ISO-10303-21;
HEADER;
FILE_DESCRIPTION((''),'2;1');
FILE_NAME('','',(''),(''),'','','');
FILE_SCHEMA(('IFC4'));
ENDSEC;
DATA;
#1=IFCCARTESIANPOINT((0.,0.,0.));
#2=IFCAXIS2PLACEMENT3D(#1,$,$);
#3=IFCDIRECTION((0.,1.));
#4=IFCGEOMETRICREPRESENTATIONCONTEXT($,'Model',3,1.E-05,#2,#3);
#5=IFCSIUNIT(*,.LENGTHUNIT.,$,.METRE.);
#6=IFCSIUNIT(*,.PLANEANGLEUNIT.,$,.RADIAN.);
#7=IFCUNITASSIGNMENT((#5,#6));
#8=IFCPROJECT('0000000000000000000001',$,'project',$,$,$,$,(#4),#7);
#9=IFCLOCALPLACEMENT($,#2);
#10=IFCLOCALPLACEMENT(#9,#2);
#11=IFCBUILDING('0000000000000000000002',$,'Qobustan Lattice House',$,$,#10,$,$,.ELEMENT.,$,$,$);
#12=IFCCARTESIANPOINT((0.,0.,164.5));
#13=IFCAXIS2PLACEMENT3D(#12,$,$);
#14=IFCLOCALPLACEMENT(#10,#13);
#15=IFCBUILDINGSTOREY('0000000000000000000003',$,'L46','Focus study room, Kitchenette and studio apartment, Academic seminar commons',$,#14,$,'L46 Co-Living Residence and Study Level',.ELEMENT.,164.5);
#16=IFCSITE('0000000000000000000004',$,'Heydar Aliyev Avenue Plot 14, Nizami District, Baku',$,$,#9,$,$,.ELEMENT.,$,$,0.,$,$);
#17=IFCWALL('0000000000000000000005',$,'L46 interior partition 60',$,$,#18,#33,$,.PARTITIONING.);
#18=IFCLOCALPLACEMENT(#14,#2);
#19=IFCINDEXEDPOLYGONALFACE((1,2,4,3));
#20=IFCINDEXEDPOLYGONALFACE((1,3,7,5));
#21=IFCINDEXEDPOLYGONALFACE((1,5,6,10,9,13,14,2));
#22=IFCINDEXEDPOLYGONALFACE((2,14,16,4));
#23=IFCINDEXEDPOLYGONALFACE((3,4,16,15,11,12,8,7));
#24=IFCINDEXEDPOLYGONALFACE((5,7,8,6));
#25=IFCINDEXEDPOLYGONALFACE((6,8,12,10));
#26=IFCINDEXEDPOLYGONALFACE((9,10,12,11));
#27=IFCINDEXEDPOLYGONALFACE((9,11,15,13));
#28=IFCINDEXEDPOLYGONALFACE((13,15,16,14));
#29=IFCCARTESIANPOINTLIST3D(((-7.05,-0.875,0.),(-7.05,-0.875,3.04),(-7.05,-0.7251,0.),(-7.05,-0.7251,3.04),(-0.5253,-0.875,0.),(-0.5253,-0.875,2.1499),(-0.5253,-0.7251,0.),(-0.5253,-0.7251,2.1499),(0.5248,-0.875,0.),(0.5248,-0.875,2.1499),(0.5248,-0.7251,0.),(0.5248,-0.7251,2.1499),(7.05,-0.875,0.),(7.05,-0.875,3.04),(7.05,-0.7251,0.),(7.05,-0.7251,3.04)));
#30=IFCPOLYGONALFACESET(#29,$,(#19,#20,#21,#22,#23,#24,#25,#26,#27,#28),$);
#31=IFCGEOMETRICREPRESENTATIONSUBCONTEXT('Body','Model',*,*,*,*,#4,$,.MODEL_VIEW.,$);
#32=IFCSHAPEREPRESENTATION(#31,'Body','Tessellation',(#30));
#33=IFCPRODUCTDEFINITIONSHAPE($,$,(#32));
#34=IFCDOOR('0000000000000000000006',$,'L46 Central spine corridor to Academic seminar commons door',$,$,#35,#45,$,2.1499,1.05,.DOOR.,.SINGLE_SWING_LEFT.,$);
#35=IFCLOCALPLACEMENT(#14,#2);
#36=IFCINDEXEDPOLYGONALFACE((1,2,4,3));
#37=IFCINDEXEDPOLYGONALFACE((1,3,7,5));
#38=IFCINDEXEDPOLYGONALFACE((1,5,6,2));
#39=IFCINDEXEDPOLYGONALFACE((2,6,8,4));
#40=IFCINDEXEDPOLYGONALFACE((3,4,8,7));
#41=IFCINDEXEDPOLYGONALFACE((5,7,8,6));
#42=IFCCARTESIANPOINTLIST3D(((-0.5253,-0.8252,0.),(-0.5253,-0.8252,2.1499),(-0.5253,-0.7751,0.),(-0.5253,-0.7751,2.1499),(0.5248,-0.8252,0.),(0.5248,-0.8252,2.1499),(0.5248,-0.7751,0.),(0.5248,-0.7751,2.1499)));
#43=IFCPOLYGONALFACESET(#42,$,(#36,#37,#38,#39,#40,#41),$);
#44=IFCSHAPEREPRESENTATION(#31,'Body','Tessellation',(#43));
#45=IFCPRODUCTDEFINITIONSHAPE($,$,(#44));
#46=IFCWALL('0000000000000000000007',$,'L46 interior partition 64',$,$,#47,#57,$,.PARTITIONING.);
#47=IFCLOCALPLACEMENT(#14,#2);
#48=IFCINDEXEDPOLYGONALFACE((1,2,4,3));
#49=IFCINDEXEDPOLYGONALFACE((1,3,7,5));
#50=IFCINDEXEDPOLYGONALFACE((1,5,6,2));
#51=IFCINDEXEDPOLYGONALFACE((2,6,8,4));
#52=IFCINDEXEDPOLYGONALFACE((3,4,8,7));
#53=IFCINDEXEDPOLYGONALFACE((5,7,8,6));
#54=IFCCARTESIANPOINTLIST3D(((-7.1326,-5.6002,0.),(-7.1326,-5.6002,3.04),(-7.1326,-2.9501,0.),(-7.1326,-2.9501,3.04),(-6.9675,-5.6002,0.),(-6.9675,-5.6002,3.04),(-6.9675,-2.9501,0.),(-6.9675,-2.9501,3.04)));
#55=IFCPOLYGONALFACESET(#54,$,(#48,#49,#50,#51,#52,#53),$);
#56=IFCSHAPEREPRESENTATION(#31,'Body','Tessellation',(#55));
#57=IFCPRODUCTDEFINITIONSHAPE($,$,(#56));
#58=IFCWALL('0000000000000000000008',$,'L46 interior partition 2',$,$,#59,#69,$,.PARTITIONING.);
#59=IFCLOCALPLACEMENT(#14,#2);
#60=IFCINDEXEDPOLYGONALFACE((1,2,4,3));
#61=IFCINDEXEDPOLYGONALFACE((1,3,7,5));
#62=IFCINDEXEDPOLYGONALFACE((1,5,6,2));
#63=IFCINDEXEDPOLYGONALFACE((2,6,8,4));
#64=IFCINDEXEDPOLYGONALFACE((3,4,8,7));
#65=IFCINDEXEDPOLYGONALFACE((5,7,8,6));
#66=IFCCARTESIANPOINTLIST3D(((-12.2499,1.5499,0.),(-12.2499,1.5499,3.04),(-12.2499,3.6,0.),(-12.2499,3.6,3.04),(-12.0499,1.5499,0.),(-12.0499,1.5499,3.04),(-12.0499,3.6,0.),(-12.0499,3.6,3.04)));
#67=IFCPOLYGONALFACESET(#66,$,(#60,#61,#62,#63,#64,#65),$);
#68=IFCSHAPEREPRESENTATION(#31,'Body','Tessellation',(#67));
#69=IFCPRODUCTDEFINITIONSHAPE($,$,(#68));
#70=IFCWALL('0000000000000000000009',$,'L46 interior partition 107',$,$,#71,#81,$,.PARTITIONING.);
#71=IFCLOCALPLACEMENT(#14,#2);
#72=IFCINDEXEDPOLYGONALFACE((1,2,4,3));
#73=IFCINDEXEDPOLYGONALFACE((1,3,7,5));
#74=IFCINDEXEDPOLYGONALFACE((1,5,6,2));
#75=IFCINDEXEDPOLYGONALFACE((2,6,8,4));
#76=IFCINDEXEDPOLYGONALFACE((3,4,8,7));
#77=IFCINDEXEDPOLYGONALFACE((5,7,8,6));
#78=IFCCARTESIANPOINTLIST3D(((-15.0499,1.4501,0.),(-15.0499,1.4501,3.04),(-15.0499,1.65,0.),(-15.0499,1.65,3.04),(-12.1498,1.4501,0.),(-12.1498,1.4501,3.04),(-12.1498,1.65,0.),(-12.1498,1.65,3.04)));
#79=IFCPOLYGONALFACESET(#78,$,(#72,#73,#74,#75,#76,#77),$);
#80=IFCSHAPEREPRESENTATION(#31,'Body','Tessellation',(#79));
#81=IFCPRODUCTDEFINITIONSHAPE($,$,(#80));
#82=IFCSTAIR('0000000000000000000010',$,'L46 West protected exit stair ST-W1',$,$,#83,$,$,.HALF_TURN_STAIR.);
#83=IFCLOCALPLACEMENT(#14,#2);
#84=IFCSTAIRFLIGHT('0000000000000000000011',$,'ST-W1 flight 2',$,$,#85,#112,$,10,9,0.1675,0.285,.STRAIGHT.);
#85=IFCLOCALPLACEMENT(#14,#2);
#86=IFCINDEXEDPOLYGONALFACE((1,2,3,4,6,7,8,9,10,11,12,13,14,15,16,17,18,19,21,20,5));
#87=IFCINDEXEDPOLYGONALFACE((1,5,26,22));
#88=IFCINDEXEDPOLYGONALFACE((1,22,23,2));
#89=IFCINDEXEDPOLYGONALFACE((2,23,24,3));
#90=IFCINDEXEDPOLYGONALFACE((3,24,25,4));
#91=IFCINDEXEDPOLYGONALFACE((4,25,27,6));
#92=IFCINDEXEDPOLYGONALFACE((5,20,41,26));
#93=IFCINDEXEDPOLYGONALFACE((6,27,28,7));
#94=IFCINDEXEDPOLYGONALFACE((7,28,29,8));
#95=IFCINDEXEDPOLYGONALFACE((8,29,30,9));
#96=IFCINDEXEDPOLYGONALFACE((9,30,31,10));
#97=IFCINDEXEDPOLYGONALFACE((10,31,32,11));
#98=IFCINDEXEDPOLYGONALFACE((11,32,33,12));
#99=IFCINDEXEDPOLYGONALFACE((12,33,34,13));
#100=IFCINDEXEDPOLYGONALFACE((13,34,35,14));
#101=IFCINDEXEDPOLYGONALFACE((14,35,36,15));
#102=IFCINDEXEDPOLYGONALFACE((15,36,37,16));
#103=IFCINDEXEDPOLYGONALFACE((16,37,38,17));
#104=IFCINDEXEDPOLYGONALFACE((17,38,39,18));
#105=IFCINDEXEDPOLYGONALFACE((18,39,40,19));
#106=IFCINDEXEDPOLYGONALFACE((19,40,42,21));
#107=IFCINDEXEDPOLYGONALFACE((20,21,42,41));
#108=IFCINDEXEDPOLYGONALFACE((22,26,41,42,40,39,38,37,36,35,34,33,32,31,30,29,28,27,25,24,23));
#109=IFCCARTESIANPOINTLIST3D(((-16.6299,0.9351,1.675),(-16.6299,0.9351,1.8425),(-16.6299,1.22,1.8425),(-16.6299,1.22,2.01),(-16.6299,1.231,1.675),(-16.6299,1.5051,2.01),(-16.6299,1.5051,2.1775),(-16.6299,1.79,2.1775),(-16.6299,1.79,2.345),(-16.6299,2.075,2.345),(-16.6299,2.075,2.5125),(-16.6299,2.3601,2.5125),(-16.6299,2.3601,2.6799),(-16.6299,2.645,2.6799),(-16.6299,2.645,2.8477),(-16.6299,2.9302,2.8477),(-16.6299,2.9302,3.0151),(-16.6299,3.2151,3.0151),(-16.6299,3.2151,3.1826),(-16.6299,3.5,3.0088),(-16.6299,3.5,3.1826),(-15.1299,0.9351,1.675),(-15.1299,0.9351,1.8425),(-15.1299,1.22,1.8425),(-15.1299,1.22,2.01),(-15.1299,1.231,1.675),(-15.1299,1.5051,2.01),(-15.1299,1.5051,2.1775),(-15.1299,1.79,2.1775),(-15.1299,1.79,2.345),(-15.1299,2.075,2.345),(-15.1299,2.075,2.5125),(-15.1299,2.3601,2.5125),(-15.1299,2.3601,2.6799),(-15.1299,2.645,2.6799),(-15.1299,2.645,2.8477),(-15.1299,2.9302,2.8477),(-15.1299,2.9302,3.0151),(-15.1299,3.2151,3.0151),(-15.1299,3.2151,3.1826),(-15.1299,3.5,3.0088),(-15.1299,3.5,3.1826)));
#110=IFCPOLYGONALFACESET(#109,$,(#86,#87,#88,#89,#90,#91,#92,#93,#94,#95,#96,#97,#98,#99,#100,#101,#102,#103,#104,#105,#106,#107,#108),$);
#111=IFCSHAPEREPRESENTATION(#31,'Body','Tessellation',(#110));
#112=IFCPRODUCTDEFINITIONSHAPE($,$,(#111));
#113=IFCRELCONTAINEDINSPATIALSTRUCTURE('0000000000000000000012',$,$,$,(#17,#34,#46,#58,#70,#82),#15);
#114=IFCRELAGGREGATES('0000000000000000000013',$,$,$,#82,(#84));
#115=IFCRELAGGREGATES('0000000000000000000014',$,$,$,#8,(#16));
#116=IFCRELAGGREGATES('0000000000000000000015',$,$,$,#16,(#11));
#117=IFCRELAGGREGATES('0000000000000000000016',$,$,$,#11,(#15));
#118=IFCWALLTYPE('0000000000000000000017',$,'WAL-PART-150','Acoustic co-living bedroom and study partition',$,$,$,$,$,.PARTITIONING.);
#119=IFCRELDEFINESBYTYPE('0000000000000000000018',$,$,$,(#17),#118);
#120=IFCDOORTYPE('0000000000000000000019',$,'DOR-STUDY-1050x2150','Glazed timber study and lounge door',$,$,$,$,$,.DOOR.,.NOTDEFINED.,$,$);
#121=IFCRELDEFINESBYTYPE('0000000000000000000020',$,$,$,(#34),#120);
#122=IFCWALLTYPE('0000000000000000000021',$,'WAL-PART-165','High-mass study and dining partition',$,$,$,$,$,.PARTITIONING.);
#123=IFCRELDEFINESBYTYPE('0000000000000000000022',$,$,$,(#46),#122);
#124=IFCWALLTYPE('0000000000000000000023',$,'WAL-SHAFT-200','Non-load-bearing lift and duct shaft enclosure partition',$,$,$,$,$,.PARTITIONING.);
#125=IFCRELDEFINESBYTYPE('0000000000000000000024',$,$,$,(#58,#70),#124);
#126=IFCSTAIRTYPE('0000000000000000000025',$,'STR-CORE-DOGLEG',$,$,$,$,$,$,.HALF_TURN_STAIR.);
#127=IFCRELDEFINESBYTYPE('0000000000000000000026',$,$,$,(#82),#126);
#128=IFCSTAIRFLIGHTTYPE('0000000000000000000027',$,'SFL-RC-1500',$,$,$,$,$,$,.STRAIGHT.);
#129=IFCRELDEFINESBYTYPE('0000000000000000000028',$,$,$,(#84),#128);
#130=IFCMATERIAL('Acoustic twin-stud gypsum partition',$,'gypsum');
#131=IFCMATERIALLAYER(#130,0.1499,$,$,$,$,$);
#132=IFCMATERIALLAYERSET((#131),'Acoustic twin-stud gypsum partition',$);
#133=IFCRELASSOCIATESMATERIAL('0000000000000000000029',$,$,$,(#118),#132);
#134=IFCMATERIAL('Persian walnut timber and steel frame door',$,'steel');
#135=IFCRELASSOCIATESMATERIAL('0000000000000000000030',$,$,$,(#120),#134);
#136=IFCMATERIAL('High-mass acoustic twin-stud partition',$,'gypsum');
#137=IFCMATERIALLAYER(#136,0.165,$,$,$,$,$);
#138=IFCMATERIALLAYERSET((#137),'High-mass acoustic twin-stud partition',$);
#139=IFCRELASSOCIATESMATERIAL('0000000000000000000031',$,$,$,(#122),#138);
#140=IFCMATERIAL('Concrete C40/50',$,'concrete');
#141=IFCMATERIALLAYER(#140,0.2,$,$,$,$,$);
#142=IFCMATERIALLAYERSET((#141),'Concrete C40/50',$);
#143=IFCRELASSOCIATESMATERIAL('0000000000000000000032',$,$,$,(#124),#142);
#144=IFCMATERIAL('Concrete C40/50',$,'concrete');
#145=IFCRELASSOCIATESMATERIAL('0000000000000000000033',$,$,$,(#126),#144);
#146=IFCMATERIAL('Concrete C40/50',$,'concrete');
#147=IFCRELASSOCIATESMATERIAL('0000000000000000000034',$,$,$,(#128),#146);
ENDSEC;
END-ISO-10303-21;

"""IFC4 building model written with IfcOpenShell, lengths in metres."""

from ifc_helpers import new_model, si_unit, direction, frame, frame_2d, origin, place, context, subcontext, project, spatial, polyline, rectangle, outline, extrude, material, layer, layer_set, type_object, element, fill, aggregate, save


model = new_model("IFC4")

# Units and contexts
model_context = context("Model", 3, precision=1e-05, world=origin(), true_north=direction((0.0, 1.0)))
body_context = subcontext(model_context, "Body", "Model", "MODEL_VIEW")
ifc_project = project(units=[si_unit("LENGTHUNIT", "METRE"), si_unit("PLANEANGLEUNIT", "RADIAN")], contexts=[model_context])

# Site, building, storey
site_placement = place(None, origin())
site = spatial("IfcSite", under=ifc_project, at=site_placement, Name="Heydar Aliyev Avenue Plot 14, Nizami District, Baku", CompositionType="ELEMENT", RefElevation=0.0)
building_placement = place(site_placement, origin())
building = spatial("IfcBuilding", under=site, at=building_placement, Name="Qobustan Lattice House", CompositionType="ELEMENT")
storey_placement = place(building_placement, frame((0.0, 0.0, 164.5)))
storey = spatial("IfcBuildingStorey", under=building, at=storey_placement, Name="L46", Description="Focus study room, Kitchenette and studio apartment, Academic seminar commons", LongName="L46 Co-Living Residence and Study Level", CompositionType="ELEMENT", Elevation=164.5)

# Wall, opening, door
ifc_material_1 = material(Name="Acoustic twin-stud gypsum partition", Category="gypsum")
ifc_layer_1 = layer(ifc_material_1, 0.1499)
ifc_layer_set_1 = layer_set([ifc_layer_1], Name="Acoustic twin-stud gypsum partition")
wall_type_1 = type_object("IfcWallType", Name="WAL-PART-150", Description="Acoustic co-living bedroom and study partition", PredefinedType="PARTITIONING", material=ifc_layer_set_1)
wall_1_placement = place(storey_placement, frame((-7.05, -0.8, 0.0), z_axis=(0.0, 0.0, 1.0), x_axis=(1.0, 0.0, 0.0)))
wall_1 = element("IfcWall", 1, at=wall_1_placement, inside=storey, type_object=wall_type_1, Name="L46 interior partition 60", PredefinedType="PARTITIONING", context=body_context, shape_type="SweptSolid", body=[
    extrude(rectangle(XDim=14.1001, YDim=0.1499, at=frame_2d((7.05, 0.0))), origin(), (0.0, 0.0, 1.0), 3.04),
])
opening_1_placement = place(wall_1_placement, frame((6.5249, 0.0, 0.0)))
opening_1 = element("IfcOpeningElement", 2, at=opening_1_placement, cuts=wall_1, PredefinedType="OPENING", context=body_context, shape_type="SweptSolid", body=[
    extrude(rectangle(XDim=1.05, YDim=2.1499, at=frame_2d((0.5249, 1.075))), frame((0.0, 0.085, 0.0), z_axis=(0.0, -1.0, 0.0), x_axis=(1.0, 0.0, 0.0)), (0.0, 0.0, 1.0), 0.1699),
])
ifc_material_2 = material(Name="Persian walnut timber and steel frame door", Category="steel")
door_type_1 = type_object("IfcDoorType", Name="DOR-STUDY-1050x2150", Description="Glazed timber study and lounge door", OperationType="NOTDEFINED", PredefinedType="DOOR", material=ifc_material_2)
door_1_placement = place(opening_1_placement, origin())
door_1 = element("IfcDoor", 3, at=door_1_placement, inside=storey, type_object=door_type_1, Name="L46 Central spine corridor to Academic seminar commons door", OperationType="SINGLE_SWING_LEFT", OverallHeight=2.1499, OverallWidth=1.05, PredefinedType="DOOR", context=body_context, shape_type="SweptSolid", body=[
    extrude(rectangle(XDim=1.05, YDim=2.1499, at=frame_2d((0.5249, 1.075))), frame((0.0, 0.0249, 0.0), z_axis=(0.0, -1.0, 0.0), x_axis=(1.0, 0.0, 0.0)), (0.0, 0.0, 1.0), 0.05),
])
fill(opening_1, door_1)
ifc_material_3 = material(Name="High-mass acoustic twin-stud partition", Category="gypsum")
ifc_layer_2 = layer(ifc_material_3, 0.165)
ifc_layer_set_2 = layer_set([ifc_layer_2], Name="High-mass acoustic twin-stud partition")
wall_type_2 = type_object("IfcWallType", Name="WAL-PART-165", Description="High-mass study and dining partition", PredefinedType="PARTITIONING", material=ifc_layer_set_2)

# Walls
wall_2_placement = place(storey_placement, frame((-7.05, -2.95, 0.0), z_axis=(0.0, 0.0, 1.0), x_axis=(0.0, -1.0, 0.0)))
element("IfcWall", 4, at=wall_2_placement, inside=storey, type_object=wall_type_2, Name="L46 interior partition 64", PredefinedType="PARTITIONING", context=body_context, shape_type="SweptSolid", body=[
    extrude(rectangle(XDim=2.6501, YDim=0.165, at=frame_2d((1.3252, 0.0))), origin(), (0.0, 0.0, 1.0), 3.04),
])
ifc_material_4 = material(Name="Concrete C40/50", Category="concrete")
ifc_layer_3 = layer(ifc_material_4, 0.2)
ifc_layer_set_3 = layer_set([ifc_layer_3], Name="Concrete C40/50")
wall_type_3 = type_object("IfcWallType", Name="WAL-SHAFT-200", Description="Non-load-bearing lift and duct shaft enclosure partition", PredefinedType="PARTITIONING", material=ifc_layer_set_3)
wall_3_placement = place(storey_placement, frame((-12.1499, 1.55, 0.0), z_axis=(0.0, 0.0, 1.0), x_axis=(0.0, 1.0, 0.0)))
element("IfcWall", 5, at=wall_3_placement, inside=storey, type_object=wall_type_3, Name="L46 interior partition 2", PredefinedType="PARTITIONING", context=body_context, shape_type="SweptSolid", body=[
    extrude(rectangle(XDim=2.05, YDim=0.2, at=frame_2d((1.0249, 0.0))), origin(), (0.0, 0.0, 1.0), 3.04),
])
wall_4_placement = place(storey_placement, frame((-15.05, 1.55, 0.0), z_axis=(0.0, 0.0, 1.0), x_axis=(1.0, 0.0, 0.0)))
element("IfcWall", 6, at=wall_4_placement, inside=storey, type_object=wall_type_3, Name="L46 interior partition 107", PredefinedType="PARTITIONING", context=body_context, shape_type="SweptSolid", body=[
    extrude(rectangle(XDim=2.9001, YDim=0.2, at=frame_2d((1.4502, 0.0))), origin(), (0.0, 0.0, 1.0), 3.04),
])

# Stair, stair flight
ifc_material_5 = material(Name="Concrete C40/50", Category="concrete")
stair_type = type_object("IfcStairType", Name="STR-CORE-DOGLEG", PredefinedType="HALF_TURN_STAIR", material=ifc_material_5)
stair_placement = place(storey_placement, origin())
stair = element("IfcStair", 7, at=stair_placement, inside=storey, type_object=stair_type, Name="L46 West protected exit stair ST-W1", PredefinedType="HALF_TURN_STAIR")
ifc_material_6 = material(Name="Concrete C40/50", Category="concrete")
stair_flight_type = type_object("IfcStairFlightType", Name="SFL-RC-1500", PredefinedType="STRAIGHT", material=ifc_material_6)
stair_flight_placement = place(storey_placement, frame((-15.8799, 0.9351, 1.675), z_axis=(0.0, 0.0, 1.0), x_axis=(0.0, 1.0, 0.0)))
stair_flight = element("IfcStairFlight", 8, at=stair_flight_placement, type_object=stair_flight_type, Name="ST-W1 flight 2", NumberOfRisers=10, NumberOfTreads=9, PredefinedType="STRAIGHT", RiserHeight=0.1675, TreadLength=0.285, context=body_context, shape_type="SweptSolid", body=[
    extrude(outline(polyline([(0.0, 0.0), (0.0, 0.1675), (0.2849, 0.1675), (0.2849, 0.335), (0.5701, 0.335), (0.5701, 0.5024), (0.855, 0.5024), (0.855, 0.6699), (1.1399, 0.6699), (1.1399, 0.8374), (1.425, 0.8374), (1.425, 1.0049), (1.71, 1.0049), (1.71, 1.1726), (1.9951, 1.1726), (1.9951, 1.3401), (2.28, 1.3401), (2.28, 1.5076), (2.5649, 1.5076), (2.5649, 1.675), (2.5649, 1.3337), (0.2959, 0.0), (0.0, 0.0)])), frame((0.0, 0.75, 0.0), z_axis=(0.0, -1.0, 0.0), x_axis=(1.0, 0.0, 0.0)), (0.0, 0.0, 1.0), 1.5),
])
aggregate(stair, [stair_flight])

save(model, "model.ifc")
